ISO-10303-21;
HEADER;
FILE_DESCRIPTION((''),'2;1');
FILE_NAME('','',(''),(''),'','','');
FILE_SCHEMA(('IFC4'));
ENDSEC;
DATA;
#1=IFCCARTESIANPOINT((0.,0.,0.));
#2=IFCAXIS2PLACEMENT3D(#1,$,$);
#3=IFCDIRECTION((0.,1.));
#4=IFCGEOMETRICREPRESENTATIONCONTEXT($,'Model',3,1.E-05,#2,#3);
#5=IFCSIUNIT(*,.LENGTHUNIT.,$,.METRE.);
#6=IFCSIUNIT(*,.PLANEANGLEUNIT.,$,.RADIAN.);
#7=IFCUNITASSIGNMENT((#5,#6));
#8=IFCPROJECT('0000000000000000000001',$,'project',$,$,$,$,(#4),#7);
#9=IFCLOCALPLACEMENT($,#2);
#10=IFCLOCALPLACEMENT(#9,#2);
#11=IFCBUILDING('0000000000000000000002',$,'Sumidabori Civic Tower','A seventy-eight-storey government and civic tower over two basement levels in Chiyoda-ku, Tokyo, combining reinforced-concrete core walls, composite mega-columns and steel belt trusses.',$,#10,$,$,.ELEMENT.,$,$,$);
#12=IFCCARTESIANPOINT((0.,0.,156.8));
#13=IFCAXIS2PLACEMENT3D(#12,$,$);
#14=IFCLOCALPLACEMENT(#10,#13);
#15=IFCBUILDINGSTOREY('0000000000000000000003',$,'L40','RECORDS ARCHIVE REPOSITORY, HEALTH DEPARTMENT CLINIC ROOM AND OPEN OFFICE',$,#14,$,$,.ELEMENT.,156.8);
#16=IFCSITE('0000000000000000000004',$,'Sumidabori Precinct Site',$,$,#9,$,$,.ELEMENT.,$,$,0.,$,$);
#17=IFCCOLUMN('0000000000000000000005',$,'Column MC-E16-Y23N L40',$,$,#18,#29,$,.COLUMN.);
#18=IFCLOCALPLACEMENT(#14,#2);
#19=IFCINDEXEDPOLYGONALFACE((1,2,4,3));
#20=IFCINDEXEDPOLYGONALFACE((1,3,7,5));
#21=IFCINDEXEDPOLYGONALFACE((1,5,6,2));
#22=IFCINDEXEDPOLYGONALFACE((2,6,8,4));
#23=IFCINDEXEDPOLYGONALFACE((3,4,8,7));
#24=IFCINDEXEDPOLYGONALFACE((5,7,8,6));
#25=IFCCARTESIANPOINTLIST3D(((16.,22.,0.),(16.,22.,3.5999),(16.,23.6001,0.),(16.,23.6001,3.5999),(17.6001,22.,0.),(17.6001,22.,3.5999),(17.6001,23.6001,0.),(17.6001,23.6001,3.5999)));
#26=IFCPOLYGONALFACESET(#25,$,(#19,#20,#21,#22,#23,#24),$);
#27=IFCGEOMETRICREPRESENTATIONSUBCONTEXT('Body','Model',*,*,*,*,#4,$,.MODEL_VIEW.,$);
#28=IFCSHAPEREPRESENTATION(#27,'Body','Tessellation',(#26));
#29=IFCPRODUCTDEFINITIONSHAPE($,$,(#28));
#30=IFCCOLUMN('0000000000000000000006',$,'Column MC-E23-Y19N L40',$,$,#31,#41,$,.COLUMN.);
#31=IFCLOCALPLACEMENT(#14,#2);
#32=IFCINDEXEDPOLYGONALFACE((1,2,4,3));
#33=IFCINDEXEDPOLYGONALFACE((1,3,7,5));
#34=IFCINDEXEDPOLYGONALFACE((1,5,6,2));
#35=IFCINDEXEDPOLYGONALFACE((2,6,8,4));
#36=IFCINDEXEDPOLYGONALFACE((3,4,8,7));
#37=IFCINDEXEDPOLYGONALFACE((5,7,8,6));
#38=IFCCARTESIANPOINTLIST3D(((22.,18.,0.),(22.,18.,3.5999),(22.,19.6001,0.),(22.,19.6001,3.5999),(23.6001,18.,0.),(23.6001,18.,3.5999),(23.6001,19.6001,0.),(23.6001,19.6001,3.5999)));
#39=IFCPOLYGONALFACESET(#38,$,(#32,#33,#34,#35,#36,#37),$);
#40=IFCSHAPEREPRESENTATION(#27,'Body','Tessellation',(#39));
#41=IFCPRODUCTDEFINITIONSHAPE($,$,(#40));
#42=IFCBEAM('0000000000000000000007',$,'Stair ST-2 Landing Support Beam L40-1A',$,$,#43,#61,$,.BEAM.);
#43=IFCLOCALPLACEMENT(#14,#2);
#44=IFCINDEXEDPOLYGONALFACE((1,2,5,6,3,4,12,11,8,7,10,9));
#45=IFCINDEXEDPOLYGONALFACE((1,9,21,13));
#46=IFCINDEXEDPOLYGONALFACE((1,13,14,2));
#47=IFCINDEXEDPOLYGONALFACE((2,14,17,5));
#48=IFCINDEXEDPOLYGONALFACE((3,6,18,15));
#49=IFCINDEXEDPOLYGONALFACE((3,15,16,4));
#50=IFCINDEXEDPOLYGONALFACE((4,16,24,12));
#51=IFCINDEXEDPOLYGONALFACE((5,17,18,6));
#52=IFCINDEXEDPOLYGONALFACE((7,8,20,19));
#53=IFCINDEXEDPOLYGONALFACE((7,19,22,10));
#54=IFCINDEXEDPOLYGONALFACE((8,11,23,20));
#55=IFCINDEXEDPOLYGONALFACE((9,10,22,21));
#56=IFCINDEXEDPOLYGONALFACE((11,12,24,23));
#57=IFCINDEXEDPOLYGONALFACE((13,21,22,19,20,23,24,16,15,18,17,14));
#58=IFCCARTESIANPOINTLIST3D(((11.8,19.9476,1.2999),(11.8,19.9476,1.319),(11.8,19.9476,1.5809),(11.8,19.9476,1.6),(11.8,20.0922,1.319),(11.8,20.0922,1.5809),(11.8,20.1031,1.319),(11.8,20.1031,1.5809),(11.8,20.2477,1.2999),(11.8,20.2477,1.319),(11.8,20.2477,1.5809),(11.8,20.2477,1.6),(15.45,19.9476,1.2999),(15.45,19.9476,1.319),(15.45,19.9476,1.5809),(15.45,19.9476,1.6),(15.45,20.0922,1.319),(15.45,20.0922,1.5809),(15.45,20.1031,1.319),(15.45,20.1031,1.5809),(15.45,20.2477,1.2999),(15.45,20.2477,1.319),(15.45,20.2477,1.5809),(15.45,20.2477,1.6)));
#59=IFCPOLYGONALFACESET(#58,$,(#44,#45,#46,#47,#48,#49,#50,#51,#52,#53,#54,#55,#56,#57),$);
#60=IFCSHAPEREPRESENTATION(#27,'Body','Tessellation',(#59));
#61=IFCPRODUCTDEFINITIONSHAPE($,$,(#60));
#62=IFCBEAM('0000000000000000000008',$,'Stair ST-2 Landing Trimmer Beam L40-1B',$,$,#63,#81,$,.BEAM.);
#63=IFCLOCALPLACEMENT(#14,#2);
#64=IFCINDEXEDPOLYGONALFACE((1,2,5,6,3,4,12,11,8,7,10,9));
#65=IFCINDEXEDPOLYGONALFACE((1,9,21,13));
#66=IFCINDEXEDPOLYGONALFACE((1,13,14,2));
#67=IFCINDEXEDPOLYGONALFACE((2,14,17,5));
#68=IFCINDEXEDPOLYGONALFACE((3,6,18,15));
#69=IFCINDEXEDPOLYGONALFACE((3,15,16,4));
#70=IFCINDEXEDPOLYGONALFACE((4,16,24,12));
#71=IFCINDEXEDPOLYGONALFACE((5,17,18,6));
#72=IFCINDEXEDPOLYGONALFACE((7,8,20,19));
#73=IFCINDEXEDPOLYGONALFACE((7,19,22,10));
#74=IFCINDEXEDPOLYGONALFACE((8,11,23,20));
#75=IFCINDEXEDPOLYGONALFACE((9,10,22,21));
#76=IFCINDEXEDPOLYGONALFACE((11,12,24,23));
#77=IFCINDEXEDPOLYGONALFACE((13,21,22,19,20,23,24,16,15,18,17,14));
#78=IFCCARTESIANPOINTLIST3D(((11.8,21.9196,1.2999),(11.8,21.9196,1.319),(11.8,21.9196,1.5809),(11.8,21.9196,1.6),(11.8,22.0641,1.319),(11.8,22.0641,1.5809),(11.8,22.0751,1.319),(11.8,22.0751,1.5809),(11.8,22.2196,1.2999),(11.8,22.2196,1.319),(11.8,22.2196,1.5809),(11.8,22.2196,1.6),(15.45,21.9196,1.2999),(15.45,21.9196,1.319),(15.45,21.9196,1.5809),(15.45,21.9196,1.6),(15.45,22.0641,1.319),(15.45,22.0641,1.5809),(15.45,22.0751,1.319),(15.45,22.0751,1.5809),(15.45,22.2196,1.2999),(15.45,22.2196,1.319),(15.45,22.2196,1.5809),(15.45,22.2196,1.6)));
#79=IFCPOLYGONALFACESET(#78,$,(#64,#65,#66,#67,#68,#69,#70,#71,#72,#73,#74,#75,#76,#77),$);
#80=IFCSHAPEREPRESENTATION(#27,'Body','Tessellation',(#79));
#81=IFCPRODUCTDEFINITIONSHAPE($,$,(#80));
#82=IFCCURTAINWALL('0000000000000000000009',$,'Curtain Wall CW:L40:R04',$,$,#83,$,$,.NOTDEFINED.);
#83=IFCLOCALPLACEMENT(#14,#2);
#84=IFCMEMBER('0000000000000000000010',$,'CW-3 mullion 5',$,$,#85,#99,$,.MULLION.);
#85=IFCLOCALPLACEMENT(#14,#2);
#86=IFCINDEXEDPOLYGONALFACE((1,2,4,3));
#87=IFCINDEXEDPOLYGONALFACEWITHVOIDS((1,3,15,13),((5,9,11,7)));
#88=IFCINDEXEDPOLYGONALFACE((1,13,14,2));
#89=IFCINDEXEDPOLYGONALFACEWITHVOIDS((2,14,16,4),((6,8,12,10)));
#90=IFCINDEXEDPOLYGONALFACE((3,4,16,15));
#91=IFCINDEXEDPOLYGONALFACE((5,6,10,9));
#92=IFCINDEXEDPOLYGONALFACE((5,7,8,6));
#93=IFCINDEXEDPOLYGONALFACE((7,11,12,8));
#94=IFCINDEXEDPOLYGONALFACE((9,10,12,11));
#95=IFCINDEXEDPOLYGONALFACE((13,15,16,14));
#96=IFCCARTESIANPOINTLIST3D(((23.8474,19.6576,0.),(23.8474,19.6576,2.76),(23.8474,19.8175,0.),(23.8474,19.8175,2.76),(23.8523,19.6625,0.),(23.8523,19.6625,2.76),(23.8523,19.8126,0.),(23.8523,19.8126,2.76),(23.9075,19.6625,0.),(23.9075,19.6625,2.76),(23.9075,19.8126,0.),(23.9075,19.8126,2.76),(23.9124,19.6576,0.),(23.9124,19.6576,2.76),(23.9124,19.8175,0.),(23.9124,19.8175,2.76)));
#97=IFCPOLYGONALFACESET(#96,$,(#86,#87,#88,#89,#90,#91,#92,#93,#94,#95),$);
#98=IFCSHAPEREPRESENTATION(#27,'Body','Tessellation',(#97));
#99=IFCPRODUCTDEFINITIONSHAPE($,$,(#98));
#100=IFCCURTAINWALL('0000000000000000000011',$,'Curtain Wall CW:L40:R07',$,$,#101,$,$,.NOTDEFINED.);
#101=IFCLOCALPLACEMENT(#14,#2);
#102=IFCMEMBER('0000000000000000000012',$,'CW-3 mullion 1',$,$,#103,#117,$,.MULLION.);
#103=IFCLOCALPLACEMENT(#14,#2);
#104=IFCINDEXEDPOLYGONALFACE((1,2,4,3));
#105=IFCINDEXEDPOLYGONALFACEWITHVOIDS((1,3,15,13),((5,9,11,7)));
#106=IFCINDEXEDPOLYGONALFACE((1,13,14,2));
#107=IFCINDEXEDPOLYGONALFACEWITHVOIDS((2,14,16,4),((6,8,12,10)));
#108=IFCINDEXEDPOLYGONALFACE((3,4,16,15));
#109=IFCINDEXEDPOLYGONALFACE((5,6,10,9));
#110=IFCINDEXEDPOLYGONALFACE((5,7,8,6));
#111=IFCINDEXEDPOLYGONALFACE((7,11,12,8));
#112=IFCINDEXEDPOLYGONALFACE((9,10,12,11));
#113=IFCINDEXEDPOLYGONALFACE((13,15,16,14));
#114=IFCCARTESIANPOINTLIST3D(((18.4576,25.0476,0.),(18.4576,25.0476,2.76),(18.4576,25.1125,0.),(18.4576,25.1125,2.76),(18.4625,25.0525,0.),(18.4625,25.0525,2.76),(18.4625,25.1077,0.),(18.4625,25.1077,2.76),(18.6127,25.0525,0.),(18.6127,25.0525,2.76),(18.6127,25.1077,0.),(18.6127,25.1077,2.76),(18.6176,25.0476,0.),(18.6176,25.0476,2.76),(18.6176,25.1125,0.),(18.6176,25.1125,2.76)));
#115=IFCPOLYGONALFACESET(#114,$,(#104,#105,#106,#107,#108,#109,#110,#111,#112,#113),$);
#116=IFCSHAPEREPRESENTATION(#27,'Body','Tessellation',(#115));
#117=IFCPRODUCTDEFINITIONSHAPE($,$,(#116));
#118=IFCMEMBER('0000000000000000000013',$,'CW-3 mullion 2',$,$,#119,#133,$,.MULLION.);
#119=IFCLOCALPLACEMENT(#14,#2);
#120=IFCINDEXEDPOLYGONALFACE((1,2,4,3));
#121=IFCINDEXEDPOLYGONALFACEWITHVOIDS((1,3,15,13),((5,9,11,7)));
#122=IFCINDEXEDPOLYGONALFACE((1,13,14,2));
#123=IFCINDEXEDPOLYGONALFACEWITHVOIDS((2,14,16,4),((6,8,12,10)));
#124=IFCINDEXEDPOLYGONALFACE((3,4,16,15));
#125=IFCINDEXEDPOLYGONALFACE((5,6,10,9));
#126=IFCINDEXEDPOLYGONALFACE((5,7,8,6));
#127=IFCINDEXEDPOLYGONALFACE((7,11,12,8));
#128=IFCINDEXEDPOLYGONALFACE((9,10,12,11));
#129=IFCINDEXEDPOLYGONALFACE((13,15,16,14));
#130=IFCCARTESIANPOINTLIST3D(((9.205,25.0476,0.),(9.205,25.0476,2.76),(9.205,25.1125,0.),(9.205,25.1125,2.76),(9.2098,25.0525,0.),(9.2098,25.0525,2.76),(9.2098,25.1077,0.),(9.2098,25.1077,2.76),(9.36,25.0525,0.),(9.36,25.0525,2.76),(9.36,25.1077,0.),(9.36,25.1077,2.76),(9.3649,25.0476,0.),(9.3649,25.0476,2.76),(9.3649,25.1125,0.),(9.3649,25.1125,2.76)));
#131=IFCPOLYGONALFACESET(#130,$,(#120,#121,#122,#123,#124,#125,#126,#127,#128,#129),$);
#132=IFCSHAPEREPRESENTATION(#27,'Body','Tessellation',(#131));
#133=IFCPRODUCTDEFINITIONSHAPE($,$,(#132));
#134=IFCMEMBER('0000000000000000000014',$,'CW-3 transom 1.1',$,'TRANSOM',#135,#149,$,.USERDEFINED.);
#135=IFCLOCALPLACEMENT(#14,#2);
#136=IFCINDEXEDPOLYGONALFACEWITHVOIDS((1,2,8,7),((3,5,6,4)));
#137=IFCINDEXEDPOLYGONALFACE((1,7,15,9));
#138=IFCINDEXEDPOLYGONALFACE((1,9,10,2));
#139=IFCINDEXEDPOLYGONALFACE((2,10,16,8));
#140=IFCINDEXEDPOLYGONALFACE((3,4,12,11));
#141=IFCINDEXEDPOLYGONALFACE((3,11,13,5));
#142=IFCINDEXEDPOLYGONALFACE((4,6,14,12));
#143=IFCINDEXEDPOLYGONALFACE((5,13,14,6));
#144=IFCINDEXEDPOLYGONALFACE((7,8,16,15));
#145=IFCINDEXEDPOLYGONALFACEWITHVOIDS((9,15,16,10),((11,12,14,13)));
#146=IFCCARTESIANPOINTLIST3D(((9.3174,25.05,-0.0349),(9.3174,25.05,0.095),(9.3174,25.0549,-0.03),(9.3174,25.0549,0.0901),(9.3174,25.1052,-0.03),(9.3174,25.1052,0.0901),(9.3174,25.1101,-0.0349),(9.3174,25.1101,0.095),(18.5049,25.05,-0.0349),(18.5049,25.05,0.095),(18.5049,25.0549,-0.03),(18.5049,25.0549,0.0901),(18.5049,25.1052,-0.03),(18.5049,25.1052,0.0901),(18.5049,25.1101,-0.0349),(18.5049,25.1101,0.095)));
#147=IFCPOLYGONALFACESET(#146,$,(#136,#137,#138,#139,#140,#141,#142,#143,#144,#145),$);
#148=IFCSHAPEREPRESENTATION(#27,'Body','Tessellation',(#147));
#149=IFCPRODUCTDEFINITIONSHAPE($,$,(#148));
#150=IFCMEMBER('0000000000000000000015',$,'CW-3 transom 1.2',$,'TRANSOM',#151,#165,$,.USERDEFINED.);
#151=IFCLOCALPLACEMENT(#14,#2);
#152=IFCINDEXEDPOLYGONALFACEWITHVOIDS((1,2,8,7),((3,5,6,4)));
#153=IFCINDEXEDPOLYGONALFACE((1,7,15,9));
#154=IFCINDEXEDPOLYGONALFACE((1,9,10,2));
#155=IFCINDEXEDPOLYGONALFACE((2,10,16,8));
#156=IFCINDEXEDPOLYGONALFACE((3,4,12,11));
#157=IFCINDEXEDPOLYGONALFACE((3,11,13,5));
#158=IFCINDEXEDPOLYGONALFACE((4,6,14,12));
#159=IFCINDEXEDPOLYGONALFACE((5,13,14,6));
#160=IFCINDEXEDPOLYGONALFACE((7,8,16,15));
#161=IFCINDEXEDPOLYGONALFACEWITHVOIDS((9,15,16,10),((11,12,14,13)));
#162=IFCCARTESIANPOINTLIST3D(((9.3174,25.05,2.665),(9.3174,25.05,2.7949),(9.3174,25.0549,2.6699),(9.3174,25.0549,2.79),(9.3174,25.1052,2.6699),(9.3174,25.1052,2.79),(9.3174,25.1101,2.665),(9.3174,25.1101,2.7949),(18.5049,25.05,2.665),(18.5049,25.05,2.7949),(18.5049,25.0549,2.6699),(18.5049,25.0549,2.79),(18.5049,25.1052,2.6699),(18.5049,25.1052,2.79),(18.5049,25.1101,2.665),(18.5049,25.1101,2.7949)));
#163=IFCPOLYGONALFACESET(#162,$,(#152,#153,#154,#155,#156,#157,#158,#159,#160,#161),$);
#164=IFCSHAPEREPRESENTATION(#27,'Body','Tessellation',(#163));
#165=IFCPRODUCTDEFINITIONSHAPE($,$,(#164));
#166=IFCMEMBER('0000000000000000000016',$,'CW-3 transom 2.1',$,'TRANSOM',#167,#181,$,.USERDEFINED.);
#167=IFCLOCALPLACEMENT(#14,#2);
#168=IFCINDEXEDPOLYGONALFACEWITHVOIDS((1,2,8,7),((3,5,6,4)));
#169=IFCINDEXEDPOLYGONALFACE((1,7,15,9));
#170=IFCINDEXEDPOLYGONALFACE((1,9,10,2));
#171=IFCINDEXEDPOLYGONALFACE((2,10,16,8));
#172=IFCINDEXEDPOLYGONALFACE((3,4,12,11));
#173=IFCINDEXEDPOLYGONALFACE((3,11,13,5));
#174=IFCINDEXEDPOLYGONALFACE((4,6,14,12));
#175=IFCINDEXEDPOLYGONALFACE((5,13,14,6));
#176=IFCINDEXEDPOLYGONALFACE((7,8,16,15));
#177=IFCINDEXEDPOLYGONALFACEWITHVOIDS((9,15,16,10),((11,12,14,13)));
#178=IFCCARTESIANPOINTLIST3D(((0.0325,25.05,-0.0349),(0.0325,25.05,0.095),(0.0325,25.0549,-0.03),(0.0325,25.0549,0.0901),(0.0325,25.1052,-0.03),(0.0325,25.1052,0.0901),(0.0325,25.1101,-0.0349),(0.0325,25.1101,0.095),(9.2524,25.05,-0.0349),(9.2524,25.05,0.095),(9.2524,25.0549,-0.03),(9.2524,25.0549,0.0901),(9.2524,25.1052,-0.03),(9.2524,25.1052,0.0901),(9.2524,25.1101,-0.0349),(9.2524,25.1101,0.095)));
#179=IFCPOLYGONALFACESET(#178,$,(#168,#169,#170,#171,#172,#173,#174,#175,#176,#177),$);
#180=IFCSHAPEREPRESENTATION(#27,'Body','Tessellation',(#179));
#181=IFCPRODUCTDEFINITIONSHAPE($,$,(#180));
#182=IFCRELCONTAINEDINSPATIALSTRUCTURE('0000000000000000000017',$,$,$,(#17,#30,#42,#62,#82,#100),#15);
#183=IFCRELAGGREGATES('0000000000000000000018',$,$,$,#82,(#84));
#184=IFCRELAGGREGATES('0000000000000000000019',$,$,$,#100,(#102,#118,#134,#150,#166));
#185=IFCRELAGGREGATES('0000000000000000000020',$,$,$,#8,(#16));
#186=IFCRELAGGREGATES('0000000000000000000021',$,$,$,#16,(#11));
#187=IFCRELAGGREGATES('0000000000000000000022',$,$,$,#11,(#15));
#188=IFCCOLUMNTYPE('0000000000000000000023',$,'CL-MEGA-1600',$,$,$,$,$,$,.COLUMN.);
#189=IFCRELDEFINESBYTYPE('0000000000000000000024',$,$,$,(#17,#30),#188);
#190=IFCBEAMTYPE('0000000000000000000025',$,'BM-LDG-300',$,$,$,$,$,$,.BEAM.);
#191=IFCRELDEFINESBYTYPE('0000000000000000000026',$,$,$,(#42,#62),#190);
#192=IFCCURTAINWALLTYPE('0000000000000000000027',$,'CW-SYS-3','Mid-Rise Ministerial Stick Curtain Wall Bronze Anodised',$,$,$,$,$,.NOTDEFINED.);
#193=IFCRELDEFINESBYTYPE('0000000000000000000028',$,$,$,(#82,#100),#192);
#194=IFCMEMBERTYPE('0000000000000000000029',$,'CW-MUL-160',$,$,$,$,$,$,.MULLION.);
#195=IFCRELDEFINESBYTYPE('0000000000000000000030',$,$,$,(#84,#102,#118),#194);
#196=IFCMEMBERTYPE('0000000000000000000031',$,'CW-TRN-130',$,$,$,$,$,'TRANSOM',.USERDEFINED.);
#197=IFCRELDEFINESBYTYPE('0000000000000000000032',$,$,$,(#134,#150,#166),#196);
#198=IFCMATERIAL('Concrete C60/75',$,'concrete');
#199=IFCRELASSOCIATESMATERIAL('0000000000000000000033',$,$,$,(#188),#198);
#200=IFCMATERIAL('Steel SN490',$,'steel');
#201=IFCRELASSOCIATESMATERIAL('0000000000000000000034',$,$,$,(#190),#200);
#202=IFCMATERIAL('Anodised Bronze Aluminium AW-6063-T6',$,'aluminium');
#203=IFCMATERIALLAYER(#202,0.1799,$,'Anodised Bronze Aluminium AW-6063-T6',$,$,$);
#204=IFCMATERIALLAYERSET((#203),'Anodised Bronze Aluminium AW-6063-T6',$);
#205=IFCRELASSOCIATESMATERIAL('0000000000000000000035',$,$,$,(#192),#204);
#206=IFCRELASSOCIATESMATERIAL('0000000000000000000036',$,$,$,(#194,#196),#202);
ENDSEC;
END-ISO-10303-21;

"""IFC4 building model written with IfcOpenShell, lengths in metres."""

from ifc_helpers import new_model, si_unit, direction, frame, origin, origin_2d, place, context, subcontext, project, spatial, rectangle, hollow_rectangle, i_section, extrude, source, transform, mapped, material, layer, layer_set, material_profile, profile_set, type_object, element, aggregate, save


model = new_model("IFC4")

# Units and contexts
model_context = context("Model", 3, precision=1e-05, world=origin(), true_north=direction((0.0, 1.0)))
body_context = subcontext(model_context, "Body", "Model", "MODEL_VIEW")
ifc_project = project(units=[si_unit("LENGTHUNIT", "METRE"), si_unit("PLANEANGLEUNIT", "RADIAN")], contexts=[model_context])

# Site, building, storey
site_placement = place(None, origin())
site = spatial("IfcSite", under=ifc_project, at=site_placement, Name="Sumidabori Precinct Site", CompositionType="ELEMENT", RefElevation=0.0)
building_placement = place(site_placement, origin())
building = spatial("IfcBuilding", under=site, at=building_placement, Name="Sumidabori Civic Tower", Description="A seventy-eight-storey government and civic tower over two basement levels in Chiyoda-ku, Tokyo, combining reinforced-concrete core walls, composite mega-columns and steel belt trusses.", CompositionType="ELEMENT")
storey_placement = place(building_placement, frame((0.0, 0.0, 156.8)))
storey = spatial("IfcBuildingStorey", under=building, at=storey_placement, Name="L40", Description="RECORDS ARCHIVE REPOSITORY, HEALTH DEPARTMENT CLINIC ROOM AND OPEN OFFICE", CompositionType="ELEMENT", Elevation=156.8)

# Columns
ifc_material_1 = material(Name="Concrete C60/75", Category="concrete")
ifc_material_profile_1 = material_profile(ifc_material_1, rectangle(XDim=1.6001, YDim=1.6001, at=origin_2d()), Name="RC 1600x1600")
ifc_profile_set_1 = profile_set([ifc_material_profile_1], Name="Concrete C60/75")
column_type = type_object("IfcColumnType", Name="CL-MEGA-1600", PredefinedType="COLUMN", material=ifc_profile_set_1)
shared_shape_1 = source(origin(), body_context, "Body", "SweptSolid", [
    extrude(rectangle(XDim=1.6001, YDim=1.6001, at=origin_2d()), origin(), (0.0, 0.0, 1.0), 3.5999),
])
for number, where, z_axis, x_axis, name in (
    (1, (16.8, 22.8, 0.0), (0.0, 0.0, 1.0), (1.0, 0.0, 0.0), "Column MC-E16-Y23N L40"),
    (2, (22.8, 18.8, 0.0), (0.0, 0.0, 1.0), (1.0, 0.0, 0.0), "Column MC-E23-Y19N L40"),
):
    element("IfcColumn", number, at=place(storey_placement, frame(where, z_axis=z_axis, x_axis=x_axis)), inside=storey, type_object=column_type, Name=name, PredefinedType="COLUMN", context=body_context, shape_type="MappedRepresentation", body=[
        mapped(shared_shape_1, transform((0.0, 0.0, 0.0), x_axis=(1.0, 0.0, 0.0), y_axis=(0.0, 1.0, 0.0), z_axis=(0.0, 0.0, 1.0), scale=1.0)),
    ])

# Beams
ifc_material_2 = material(Name="Steel SN490", Category="steel")
ifc_material_profile_2 = material_profile(ifc_material_2, i_section(OverallWidth=0.3, OverallDepth=0.3, WebThickness=0.011, FlangeThickness=0.019, at=origin_2d()), Name="HE 300 B")
ifc_profile_set_2 = profile_set([ifc_material_profile_2], Name="Steel SN490")
beam_type = type_object("IfcBeamType", Name="BM-LDG-300", PredefinedType="BEAM", material=ifc_profile_set_2)
shared_shape_2 = source(origin(), body_context, "Body", "SweptSolid", [
    extrude(i_section(OverallWidth=0.3, OverallDepth=0.3, WebThickness=0.011, FlangeThickness=0.019, at=origin_2d()), origin(), (0.0, 0.0, 1.0), 3.6499),
])
for number, where, z_axis, x_axis, name in (
    (3, (11.8, 20.0977, 1.45), (1.0, 0.0, 0.0), (0.0, 1.0, 0.0), "Stair ST-2 Landing Support Beam L40-1A"),
    (4, (11.8, 22.0696, 1.45), (1.0, 0.0, 0.0), (0.0, 1.0, 0.0), "Stair ST-2 Landing Trimmer Beam L40-1B"),
):
    element("IfcBeam", number, at=place(storey_placement, frame(where, z_axis=z_axis, x_axis=x_axis)), inside=storey, type_object=beam_type, Name=name, PredefinedType="BEAM", context=body_context, shape_type="MappedRepresentation", body=[
        mapped(shared_shape_2, transform((0.0, 0.0, 0.0), x_axis=(1.0, 0.0, 0.0), y_axis=(0.0, 1.0, 0.0), z_axis=(0.0, 0.0, 1.0), scale=1.0)),
    ])

# Curtain wall, member
ifc_material_3 = material(Name="Anodised Bronze Aluminium AW-6063-T6", Category="aluminium")
ifc_layer_1 = layer(ifc_material_3, 0.1799, Name="Anodised Bronze Aluminium AW-6063-T6")
ifc_layer_set_1 = layer_set([ifc_layer_1], Name="Anodised Bronze Aluminium AW-6063-T6")
curtain_wall_type = type_object("IfcCurtainWallType", Name="CW-SYS-3", Description="Mid-Rise Ministerial Stick Curtain Wall Bronze Anodised", PredefinedType="NOTDEFINED", material=ifc_layer_set_1)
curtain_wall_1_placement = place(storey_placement, origin())
curtain_wall_1 = element("IfcCurtainWall", 5, at=curtain_wall_1_placement, inside=storey, type_object=curtain_wall_type, Name="Curtain Wall CW:L40:R04", PredefinedType="NOTDEFINED")
ifc_material_profile_3 = material_profile(ifc_material_3, hollow_rectangle(XDim=0.0649, YDim=0.1599, WallThickness=0.0049, at=origin_2d()), Name="ALU MULLION 160x65")
ifc_profile_set_3 = profile_set([ifc_material_profile_3], Name="Anodised Bronze Aluminium AW-6063-T6")
member_type_1 = type_object("IfcMemberType", Name="CW-MUL-160", PredefinedType="MULLION", material=ifc_profile_set_3)
shared_shape_3 = source(origin(), body_context, "Body", "SweptSolid", [
    extrude(hollow_rectangle(XDim=0.0649, YDim=0.1599, WallThickness=0.0049, at=origin_2d()), origin(), (0.0, 0.0, 1.0), 2.76),
])
member_1_placement = place(storey_placement, frame((23.8799, 19.7375, 0.0), z_axis=(0.0, 0.0, 1.0), x_axis=(-1.0, 0.0, 0.0)))
member_1 = element("IfcMember", 6, at=member_1_placement, type_object=member_type_1, Name="CW-3 mullion 5", PredefinedType="MULLION", context=body_context, shape_type="MappedRepresentation", body=[
    mapped(shared_shape_3, transform((0.0, 0.0, 0.0), x_axis=(1.0, 0.0, 0.0), y_axis=(0.0, 1.0, 0.0), z_axis=(0.0, 0.0, 1.0), scale=1.0)),
])
aggregate(curtain_wall_1, [member_1])

# Curtain wall, members
curtain_wall_2_placement = place(storey_placement, origin())
curtain_wall_2 = element("IfcCurtainWall", 7, at=curtain_wall_2_placement, inside=storey, type_object=curtain_wall_type, Name="Curtain Wall CW:L40:R07", PredefinedType="NOTDEFINED")
member_2_placement = place(storey_placement, frame((18.5376, 25.0801, 0.0), z_axis=(0.0, 0.0, 1.0), x_axis=(0.0, -1.0, 0.0)))
member_2 = element("IfcMember", 8, at=member_2_placement, type_object=member_type_1, Name="CW-3 mullion 1", PredefinedType="MULLION", context=body_context, shape_type="MappedRepresentation", body=[
    mapped(shared_shape_3, transform((0.0, 0.0, 0.0), x_axis=(1.0, 0.0, 0.0), y_axis=(0.0, 1.0, 0.0), z_axis=(0.0, 0.0, 1.0), scale=1.0)),
])
member_3_placement = place(storey_placement, frame((9.2849, 25.0801, 0.0), z_axis=(0.0, 0.0, 1.0), x_axis=(0.0, -1.0, 0.0)))
member_3 = element("IfcMember", 9, at=member_3_placement, type_object=member_type_1, Name="CW-3 mullion 2", PredefinedType="MULLION", context=body_context, shape_type="MappedRepresentation", body=[
    mapped(shared_shape_3, transform((0.0, 0.0, 0.0), x_axis=(1.0, 0.0, 0.0), y_axis=(0.0, 1.0, 0.0), z_axis=(0.0, 0.0, 1.0), scale=1.0)),
])
ifc_material_profile_4 = material_profile(ifc_material_3, hollow_rectangle(XDim=0.0601, YDim=0.1299, WallThickness=0.0049, at=origin_2d()), Name="ALU TRANSOM 130x60")
ifc_profile_set_4 = profile_set([ifc_material_profile_4], Name="Anodised Bronze Aluminium AW-6063-T6")
member_type_2 = type_object("IfcMemberType", Name="CW-TRN-130", ElementType="TRANSOM", PredefinedType="USERDEFINED", material=ifc_profile_set_4)
shared_shape_4 = source(origin(), body_context, "Body", "SweptSolid", [
    extrude(hollow_rectangle(XDim=0.0601, YDim=0.1299, WallThickness=0.0049, at=origin_2d()), origin(), (0.0, 0.0, 1.0), 9.1875),
])
member_4_placement = place(storey_placement, frame((18.5049, 25.0801, 0.03), z_axis=(-1.0, 0.0, 0.0), x_axis=(0.0, -1.0, 0.0)))
member_4 = element("IfcMember", 10, at=member_4_placement, type_object=member_type_2, Name="CW-3 transom 1.1", ObjectType="TRANSOM", PredefinedType="USERDEFINED", context=body_context, shape_type="MappedRepresentation", body=[
    mapped(shared_shape_4, transform((0.0, 0.0, 0.0), x_axis=(1.0, 0.0, 0.0), y_axis=(0.0, 1.0, 0.0), z_axis=(0.0, 0.0, 1.0), scale=1.0)),
])
member_5_placement = place(storey_placement, frame((18.5049, 25.0801, 2.73), z_axis=(-1.0, 0.0, 0.0), x_axis=(0.0, -1.0, 0.0)))
member_5 = element("IfcMember", 11, at=member_5_placement, type_object=member_type_2, Name="CW-3 transom 1.2", ObjectType="TRANSOM", PredefinedType="USERDEFINED", context=body_context, shape_type="MappedRepresentation", body=[
    mapped(shared_shape_4, transform((0.0, 0.0, 0.0), x_axis=(1.0, 0.0, 0.0), y_axis=(0.0, 1.0, 0.0), z_axis=(0.0, 0.0, 1.0), scale=1.0)),
])
shared_shape_5 = source(origin(), body_context, "Body", "SweptSolid", [
    extrude(hollow_rectangle(XDim=0.0601, YDim=0.1299, WallThickness=0.0049, at=origin_2d()), origin(), (0.0, 0.0, 1.0), 9.22),
])
member_6_placement = place(storey_placement, frame((9.2524, 25.0801, 0.03), z_axis=(-1.0, 0.0, 0.0), x_axis=(0.0, -1.0, 0.0)))
member_6 = element("IfcMember", 12, at=member_6_placement, type_object=member_type_2, Name="CW-3 transom 2.1", ObjectType="TRANSOM", PredefinedType="USERDEFINED", context=body_context, shape_type="MappedRepresentation", body=[
    mapped(shared_shape_5, transform((0.0, 0.0, 0.0), x_axis=(1.0, 0.0, 0.0), y_axis=(0.0, 1.0, 0.0), z_axis=(0.0, 0.0, 1.0), scale=1.0)),
])
aggregate(curtain_wall_2, [member_2, member_3, member_4, member_5, member_6])

save(model, "model.ifc")
